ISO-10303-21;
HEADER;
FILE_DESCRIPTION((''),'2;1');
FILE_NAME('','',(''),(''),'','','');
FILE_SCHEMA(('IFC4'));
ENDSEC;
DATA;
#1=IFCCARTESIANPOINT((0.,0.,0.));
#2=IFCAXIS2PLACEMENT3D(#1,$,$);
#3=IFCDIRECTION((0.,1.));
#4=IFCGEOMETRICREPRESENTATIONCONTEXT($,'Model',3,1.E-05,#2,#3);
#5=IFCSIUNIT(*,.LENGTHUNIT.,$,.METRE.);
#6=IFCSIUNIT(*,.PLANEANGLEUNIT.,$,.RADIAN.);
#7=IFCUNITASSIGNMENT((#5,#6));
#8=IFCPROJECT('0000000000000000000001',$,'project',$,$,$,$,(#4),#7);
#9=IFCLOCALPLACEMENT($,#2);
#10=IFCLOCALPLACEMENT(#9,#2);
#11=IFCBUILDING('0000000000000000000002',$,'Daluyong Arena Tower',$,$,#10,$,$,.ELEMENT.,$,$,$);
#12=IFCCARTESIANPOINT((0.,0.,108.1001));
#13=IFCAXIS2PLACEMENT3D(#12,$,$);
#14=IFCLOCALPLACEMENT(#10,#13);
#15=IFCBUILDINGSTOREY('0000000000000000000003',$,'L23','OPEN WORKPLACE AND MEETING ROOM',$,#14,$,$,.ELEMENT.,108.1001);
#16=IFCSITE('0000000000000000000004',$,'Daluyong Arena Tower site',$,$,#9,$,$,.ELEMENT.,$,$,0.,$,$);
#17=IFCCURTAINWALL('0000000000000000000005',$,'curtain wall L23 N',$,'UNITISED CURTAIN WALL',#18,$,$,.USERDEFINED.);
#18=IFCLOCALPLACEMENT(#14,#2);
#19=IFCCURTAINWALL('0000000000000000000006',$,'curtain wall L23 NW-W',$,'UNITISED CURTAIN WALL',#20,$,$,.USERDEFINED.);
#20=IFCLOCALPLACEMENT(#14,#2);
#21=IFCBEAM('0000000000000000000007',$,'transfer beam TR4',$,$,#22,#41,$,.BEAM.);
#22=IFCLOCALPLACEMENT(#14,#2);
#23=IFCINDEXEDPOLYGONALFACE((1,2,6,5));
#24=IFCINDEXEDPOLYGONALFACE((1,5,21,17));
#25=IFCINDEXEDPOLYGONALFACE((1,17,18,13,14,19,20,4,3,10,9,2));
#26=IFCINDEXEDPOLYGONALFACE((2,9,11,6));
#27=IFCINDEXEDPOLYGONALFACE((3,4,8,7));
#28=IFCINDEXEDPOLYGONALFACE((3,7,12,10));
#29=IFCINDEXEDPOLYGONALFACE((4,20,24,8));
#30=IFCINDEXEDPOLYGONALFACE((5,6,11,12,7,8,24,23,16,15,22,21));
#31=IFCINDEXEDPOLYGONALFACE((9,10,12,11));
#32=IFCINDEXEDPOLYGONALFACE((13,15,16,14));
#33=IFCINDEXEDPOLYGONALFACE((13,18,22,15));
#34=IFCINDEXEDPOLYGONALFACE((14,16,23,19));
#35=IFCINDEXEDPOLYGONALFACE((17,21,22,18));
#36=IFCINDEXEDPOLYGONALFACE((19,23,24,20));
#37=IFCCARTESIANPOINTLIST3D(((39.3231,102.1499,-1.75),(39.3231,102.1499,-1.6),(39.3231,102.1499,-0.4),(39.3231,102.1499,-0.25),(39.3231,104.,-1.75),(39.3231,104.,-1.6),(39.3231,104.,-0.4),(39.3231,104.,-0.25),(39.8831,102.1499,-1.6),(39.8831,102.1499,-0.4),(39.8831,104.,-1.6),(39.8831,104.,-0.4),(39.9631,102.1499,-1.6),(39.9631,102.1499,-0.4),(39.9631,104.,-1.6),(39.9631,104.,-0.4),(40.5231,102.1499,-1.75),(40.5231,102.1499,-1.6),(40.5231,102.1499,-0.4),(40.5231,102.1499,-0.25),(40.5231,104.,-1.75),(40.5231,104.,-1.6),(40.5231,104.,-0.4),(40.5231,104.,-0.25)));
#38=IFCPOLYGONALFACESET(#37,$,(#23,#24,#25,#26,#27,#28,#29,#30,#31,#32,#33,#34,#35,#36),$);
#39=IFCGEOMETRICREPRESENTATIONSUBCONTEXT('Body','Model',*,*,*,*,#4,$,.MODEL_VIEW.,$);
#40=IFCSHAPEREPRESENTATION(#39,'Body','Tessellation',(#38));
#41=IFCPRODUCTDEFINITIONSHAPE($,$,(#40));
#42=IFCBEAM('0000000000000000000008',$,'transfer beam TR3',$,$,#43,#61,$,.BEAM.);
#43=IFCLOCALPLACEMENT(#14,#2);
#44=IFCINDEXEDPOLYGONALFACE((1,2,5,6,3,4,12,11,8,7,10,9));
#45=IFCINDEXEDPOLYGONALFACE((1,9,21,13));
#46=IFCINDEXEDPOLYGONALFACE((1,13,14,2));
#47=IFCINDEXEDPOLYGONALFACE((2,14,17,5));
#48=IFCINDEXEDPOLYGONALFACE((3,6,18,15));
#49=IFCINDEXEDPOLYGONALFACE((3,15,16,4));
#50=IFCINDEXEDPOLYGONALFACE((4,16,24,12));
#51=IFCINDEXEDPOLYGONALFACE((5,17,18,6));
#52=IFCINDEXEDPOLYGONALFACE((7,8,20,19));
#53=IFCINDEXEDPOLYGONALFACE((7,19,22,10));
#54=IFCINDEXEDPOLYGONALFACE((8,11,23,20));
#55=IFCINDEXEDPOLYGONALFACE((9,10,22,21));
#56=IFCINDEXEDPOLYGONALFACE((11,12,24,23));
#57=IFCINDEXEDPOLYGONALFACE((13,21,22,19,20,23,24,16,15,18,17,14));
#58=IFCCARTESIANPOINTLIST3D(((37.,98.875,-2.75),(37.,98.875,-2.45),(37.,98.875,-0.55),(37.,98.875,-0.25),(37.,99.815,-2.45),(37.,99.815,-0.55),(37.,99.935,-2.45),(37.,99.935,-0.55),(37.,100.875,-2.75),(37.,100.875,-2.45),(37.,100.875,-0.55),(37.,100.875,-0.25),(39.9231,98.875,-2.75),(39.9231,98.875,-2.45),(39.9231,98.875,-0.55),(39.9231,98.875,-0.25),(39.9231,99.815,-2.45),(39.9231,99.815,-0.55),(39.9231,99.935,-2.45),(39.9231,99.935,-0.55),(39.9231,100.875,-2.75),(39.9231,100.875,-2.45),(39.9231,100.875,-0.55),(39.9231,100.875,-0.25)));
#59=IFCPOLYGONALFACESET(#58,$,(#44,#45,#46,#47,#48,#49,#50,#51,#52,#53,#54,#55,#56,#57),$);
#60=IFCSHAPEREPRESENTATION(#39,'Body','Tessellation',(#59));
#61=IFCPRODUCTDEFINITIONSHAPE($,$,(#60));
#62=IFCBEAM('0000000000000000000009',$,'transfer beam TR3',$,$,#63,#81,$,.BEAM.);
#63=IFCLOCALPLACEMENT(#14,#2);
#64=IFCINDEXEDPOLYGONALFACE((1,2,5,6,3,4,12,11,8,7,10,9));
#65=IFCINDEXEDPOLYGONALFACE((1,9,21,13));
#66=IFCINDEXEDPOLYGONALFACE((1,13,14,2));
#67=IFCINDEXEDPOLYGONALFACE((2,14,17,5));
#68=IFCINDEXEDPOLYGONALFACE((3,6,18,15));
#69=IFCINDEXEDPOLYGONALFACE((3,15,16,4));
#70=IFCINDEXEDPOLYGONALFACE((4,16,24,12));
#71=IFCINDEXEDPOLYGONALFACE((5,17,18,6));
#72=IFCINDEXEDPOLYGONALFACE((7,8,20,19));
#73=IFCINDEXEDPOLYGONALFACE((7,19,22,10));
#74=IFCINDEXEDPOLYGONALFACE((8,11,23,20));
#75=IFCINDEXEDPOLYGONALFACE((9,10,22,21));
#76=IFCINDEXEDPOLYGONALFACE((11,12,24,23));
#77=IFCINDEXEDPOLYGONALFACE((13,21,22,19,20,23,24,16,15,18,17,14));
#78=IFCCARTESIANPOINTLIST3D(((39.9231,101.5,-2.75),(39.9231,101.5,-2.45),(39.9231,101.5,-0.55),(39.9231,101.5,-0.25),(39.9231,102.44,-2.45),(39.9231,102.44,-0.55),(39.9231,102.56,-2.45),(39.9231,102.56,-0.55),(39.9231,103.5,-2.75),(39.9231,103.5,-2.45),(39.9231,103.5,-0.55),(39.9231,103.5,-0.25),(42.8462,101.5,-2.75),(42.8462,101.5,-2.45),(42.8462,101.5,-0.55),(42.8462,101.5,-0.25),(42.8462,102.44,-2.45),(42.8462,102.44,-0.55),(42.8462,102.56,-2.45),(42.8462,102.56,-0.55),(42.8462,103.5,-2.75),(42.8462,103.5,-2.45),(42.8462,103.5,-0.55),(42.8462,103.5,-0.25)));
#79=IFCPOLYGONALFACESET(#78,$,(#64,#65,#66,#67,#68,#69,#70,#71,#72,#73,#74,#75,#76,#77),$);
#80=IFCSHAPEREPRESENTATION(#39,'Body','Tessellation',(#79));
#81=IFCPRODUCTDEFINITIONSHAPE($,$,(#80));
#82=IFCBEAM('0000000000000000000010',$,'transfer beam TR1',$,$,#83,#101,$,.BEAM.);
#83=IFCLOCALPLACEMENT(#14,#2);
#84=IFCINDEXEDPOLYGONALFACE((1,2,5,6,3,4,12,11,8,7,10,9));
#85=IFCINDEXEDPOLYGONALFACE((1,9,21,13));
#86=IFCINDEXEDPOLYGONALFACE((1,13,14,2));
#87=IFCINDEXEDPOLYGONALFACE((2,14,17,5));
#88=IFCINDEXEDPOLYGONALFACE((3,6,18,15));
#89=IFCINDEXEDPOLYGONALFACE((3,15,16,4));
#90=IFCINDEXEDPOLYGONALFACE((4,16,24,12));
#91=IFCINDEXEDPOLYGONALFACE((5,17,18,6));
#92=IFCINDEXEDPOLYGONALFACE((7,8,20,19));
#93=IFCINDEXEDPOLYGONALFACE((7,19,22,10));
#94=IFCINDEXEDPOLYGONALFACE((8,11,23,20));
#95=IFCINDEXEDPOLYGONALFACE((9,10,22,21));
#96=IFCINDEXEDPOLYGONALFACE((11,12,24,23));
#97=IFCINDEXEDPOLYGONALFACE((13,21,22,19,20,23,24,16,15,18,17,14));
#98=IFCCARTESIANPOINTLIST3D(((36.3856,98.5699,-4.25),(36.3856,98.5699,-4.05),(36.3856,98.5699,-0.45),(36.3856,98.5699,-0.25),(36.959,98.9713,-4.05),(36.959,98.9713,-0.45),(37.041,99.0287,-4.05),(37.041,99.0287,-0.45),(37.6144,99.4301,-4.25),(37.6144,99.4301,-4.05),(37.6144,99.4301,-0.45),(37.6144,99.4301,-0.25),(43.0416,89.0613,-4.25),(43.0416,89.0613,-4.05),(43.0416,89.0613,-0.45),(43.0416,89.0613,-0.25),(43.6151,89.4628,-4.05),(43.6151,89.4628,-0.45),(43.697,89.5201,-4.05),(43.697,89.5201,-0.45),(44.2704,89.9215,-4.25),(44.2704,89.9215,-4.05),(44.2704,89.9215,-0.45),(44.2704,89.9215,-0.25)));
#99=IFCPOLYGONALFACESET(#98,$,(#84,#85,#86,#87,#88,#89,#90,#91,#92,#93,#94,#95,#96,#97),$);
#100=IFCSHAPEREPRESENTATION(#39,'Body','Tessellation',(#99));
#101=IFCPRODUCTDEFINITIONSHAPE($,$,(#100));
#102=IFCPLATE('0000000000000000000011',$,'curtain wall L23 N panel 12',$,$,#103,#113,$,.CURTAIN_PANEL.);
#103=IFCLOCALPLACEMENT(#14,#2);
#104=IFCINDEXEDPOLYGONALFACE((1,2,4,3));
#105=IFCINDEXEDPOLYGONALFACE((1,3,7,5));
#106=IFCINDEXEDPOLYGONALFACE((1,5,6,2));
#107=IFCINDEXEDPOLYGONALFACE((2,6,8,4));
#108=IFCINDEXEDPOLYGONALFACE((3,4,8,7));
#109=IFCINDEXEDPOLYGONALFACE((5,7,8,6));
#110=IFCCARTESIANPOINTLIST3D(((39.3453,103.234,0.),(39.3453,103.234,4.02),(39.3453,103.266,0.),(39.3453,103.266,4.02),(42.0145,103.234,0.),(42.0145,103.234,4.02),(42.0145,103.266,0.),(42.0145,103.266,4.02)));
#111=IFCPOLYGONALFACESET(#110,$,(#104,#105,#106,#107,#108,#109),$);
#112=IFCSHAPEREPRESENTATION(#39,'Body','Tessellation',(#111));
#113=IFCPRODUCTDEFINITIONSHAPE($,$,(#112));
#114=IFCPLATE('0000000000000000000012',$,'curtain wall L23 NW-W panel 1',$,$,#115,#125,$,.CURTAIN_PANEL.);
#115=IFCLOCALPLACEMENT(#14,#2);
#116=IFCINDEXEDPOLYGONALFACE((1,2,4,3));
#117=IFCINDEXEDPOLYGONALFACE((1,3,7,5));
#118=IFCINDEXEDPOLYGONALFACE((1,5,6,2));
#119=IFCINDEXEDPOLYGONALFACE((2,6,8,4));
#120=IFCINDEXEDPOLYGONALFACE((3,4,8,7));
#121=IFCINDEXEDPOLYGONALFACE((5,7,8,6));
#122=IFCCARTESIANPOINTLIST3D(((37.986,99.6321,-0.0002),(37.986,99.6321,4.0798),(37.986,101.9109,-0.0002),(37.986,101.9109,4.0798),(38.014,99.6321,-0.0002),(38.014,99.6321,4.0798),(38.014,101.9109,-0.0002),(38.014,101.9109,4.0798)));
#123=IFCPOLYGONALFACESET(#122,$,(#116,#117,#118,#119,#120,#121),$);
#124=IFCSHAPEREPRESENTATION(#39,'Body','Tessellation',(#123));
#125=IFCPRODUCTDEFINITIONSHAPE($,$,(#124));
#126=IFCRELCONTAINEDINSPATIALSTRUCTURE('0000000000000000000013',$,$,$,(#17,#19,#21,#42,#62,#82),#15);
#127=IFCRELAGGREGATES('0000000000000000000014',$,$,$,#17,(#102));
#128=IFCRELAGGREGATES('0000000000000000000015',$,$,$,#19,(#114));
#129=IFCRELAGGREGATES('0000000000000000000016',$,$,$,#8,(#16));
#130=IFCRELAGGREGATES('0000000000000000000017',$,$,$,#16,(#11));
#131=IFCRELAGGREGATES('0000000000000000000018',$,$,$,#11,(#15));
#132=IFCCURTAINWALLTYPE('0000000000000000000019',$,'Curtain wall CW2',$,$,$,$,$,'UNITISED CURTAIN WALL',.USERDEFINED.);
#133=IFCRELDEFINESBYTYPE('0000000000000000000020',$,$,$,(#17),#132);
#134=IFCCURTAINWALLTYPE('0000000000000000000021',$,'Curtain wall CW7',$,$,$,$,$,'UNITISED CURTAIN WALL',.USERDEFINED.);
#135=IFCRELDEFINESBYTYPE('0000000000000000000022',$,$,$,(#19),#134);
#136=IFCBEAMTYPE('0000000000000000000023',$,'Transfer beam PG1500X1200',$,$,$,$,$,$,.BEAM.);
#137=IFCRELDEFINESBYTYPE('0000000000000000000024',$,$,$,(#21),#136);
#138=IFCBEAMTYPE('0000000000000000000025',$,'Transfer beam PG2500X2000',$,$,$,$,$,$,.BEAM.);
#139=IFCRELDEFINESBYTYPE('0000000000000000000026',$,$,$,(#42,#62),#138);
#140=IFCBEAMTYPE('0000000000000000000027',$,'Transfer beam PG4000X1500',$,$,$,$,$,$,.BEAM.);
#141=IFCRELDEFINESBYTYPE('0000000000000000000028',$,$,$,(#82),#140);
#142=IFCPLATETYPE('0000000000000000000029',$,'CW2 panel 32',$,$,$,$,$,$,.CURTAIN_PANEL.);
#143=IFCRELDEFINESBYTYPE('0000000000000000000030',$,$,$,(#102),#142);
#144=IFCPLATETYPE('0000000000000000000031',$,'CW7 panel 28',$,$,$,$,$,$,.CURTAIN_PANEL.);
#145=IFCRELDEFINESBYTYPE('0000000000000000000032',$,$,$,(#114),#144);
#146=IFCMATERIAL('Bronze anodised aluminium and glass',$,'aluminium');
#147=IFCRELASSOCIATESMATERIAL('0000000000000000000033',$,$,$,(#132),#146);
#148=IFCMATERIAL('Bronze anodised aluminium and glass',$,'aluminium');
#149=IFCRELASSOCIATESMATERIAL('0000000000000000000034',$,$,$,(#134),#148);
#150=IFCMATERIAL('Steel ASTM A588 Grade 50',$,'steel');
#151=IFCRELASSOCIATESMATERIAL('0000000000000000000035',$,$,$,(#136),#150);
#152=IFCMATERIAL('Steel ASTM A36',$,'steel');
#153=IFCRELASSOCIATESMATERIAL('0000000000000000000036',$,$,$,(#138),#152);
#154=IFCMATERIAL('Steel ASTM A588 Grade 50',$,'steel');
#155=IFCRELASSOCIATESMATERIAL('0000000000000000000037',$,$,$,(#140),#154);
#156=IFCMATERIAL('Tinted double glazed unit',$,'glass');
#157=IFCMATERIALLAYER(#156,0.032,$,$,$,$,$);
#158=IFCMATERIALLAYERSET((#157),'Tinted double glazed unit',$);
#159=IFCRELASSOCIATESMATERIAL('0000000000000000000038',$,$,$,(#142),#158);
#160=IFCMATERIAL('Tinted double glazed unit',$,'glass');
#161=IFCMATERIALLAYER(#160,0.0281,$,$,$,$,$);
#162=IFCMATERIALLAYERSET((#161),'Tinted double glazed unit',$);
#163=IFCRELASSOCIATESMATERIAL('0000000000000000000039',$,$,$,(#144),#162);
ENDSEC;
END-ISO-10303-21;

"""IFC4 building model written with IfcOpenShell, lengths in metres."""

from ifc_helpers import new_model, si_unit, direction, frame, origin, origin_2d, place, context, subcontext, project, spatial, rectangle, i_section, extrude, material, layer, layer_set, material_profile, profile_set, type_object, element, aggregate, save


model = new_model("IFC4")

# Units and contexts
model_context = context("Model", 3, precision=1e-05, world=origin(), true_north=direction((0.0, 1.0)))
body_context = subcontext(model_context, "Body", "Model", "MODEL_VIEW")
ifc_project = project(units=[si_unit("LENGTHUNIT", "METRE"), si_unit("PLANEANGLEUNIT", "RADIAN")], contexts=[model_context])

# Site, building, storey
site_placement = place(None, origin())
site = spatial("IfcSite", under=ifc_project, at=site_placement, Name="Daluyong Arena Tower site", CompositionType="ELEMENT", RefElevation=0.0)
building_placement = place(site_placement, origin())
building = spatial("IfcBuilding", under=site, at=building_placement, Name="Daluyong Arena Tower", CompositionType="ELEMENT")
storey_placement = place(building_placement, frame((0.0, 0.0, 108.1001)))
storey = spatial("IfcBuildingStorey", under=building, at=storey_placement, Name="L23", Description="OPEN WORKPLACE AND MEETING ROOM", CompositionType="ELEMENT", Elevation=108.1001)

# Curtain wall
ifc_material_1 = material(Name="Bronze anodised aluminium and glass", Category="aluminium")
curtain_wall_type_1 = type_object("IfcCurtainWallType", Name="Curtain wall CW2", ElementType="UNITISED CURTAIN WALL", PredefinedType="USERDEFINED", material=ifc_material_1)
curtain_wall_1_placement = place(storey_placement, origin())
curtain_wall_1 = element("IfcCurtainWall", 1, at=curtain_wall_1_placement, inside=storey, type_object=curtain_wall_type_1, Name="curtain wall L23 N", ObjectType="UNITISED CURTAIN WALL", PredefinedType="USERDEFINED")

# Curtain wall
ifc_material_2 = material(Name="Bronze anodised aluminium and glass", Category="aluminium")
curtain_wall_type_2 = type_object("IfcCurtainWallType", Name="Curtain wall CW7", ElementType="UNITISED CURTAIN WALL", PredefinedType="USERDEFINED", material=ifc_material_2)
curtain_wall_2_placement = place(storey_placement, origin())
curtain_wall_2 = element("IfcCurtainWall", 2, at=curtain_wall_2_placement, inside=storey, type_object=curtain_wall_type_2, Name="curtain wall L23 NW-W", ObjectType="UNITISED CURTAIN WALL", PredefinedType="USERDEFINED")

# Beams
ifc_material_3 = material(Name="Steel ASTM A588 Grade 50", Category="steel")
ifc_material_profile_1 = material_profile(ifc_material_3, i_section(OverallWidth=1.2, OverallDepth=1.5, WebThickness=0.08, FlangeThickness=0.15, at=origin_2d()))
ifc_profile_set_1 = profile_set([ifc_material_profile_1], Name="Steel ASTM A588 Grade 50")
beam_type_1 = type_object("IfcBeamType", Name="Transfer beam PG1500X1200", PredefinedType="BEAM", material=ifc_profile_set_1)
beam_1_placement = place(storey_placement, frame((39.9231, 104.0, -1.0), z_axis=(0.0, -1.0, 0.0), x_axis=(1.0, 0.0, 0.0)))
element("IfcBeam", 3, at=beam_1_placement, inside=storey, type_object=beam_type_1, Name="transfer beam TR4", PredefinedType="BEAM", context=body_context, shape_type="SweptSolid", body=[
    extrude(i_section(OverallWidth=1.2, OverallDepth=1.5, WebThickness=0.08, FlangeThickness=0.15, at=origin_2d()), origin(), (0.0, 0.0, 1.0), 1.8501),
])
ifc_material_4 = material(Name="Steel ASTM A36", Category="steel")
ifc_material_profile_2 = material_profile(ifc_material_4, i_section(OverallWidth=2.0, OverallDepth=2.5, WebThickness=0.12, FlangeThickness=0.3, at=origin_2d()))
ifc_profile_set_2 = profile_set([ifc_material_profile_2], Name="Steel ASTM A36")
beam_type_2 = type_object("IfcBeamType", Name="Transfer beam PG2500X2000", PredefinedType="BEAM", material=ifc_profile_set_2)
for number, where, z_axis, x_axis, name in (
    (4, (37.0, 99.875, -1.5), (1.0, 0.0, 0.0), (0.0, 1.0, 0.0), "transfer beam TR3"),
    (5, (39.9231, 102.5, -1.5), (1.0, 0.0, 0.0), (0.0, 1.0, 0.0), "transfer beam TR3"),
):
    element("IfcBeam", number, at=place(storey_placement, frame(where, z_axis=z_axis, x_axis=x_axis)), inside=storey, type_object=beam_type_2, Name=name, PredefinedType="BEAM", context=body_context, shape_type="SweptSolid", body=[
        extrude(i_section(OverallWidth=2.0, OverallDepth=2.5, WebThickness=0.12, FlangeThickness=0.3, at=origin_2d()), origin(), (0.0, 0.0, 1.0), 2.9231),
    ])
ifc_material_5 = material(Name="Steel ASTM A588 Grade 50", Category="steel")
ifc_material_profile_3 = material_profile(ifc_material_5, i_section(OverallWidth=1.5, OverallDepth=4.0, WebThickness=0.1, FlangeThickness=0.2, at=origin_2d()))
ifc_profile_set_3 = profile_set([ifc_material_profile_3], Name="Steel ASTM A588 Grade 50")
beam_type_3 = type_object("IfcBeamType", Name="Transfer beam PG4000X1500", PredefinedType="BEAM", material=ifc_profile_set_3)
beam_2_placement = place(storey_placement, frame((37.0, 99.0, -2.25), z_axis=(0.573464, -0.819231, 0.0), x_axis=(0.819231, 0.573464, 0.0)))
element("IfcBeam", 6, at=beam_2_placement, inside=storey, type_object=beam_type_3, Name="transfer beam TR1", PredefinedType="BEAM", context=body_context, shape_type="SweptSolid", body=[
    extrude(i_section(OverallWidth=1.5, OverallDepth=4.0, WebThickness=0.1, FlangeThickness=0.2, at=origin_2d()), origin(), (0.0, 0.0, 1.0), 11.6067),
])

# Plates
ifc_material_6 = material(Name="Tinted double glazed unit", Category="glass")
ifc_layer_1 = layer(ifc_material_6, 0.032)
ifc_layer_set_1 = layer_set([ifc_layer_1], Name="Tinted double glazed unit")
plate_type_1 = type_object("IfcPlateType", Name="CW2 panel 32", PredefinedType="CURTAIN_PANEL", material=ifc_layer_set_1)
plate_1_placement = place(storey_placement, frame((40.6799, 103.25, 0.0), z_axis=(0.0, 0.0, 1.0), x_axis=(-1.0, 0.0, 0.0)))
plate_1 = element("IfcPlate", 7, at=plate_1_placement, type_object=plate_type_1, Name="curtain wall L23 N panel 12", PredefinedType="CURTAIN_PANEL", context=body_context, shape_type="SweptSolid", body=[
    extrude(rectangle(XDim=2.6692, YDim=0.032, at=origin_2d()), origin(), (0.0, 0.0, 1.0), 4.02),
])
aggregate(curtain_wall_1, [plate_1])
ifc_material_7 = material(Name="Tinted double glazed unit", Category="glass")
ifc_layer_2 = layer(ifc_material_7, 0.0281)
ifc_layer_set_2 = layer_set([ifc_layer_2], Name="Tinted double glazed unit")
plate_type_2 = type_object("IfcPlateType", Name="CW7 panel 28", PredefinedType="CURTAIN_PANEL", material=ifc_layer_set_2)
plate_2_placement = place(storey_placement, frame((38.0, 100.7715, -0.0002), z_axis=(0.0, 0.0, 1.0), x_axis=(0.0, -1.0, 0.0)))
plate_2 = element("IfcPlate", 8, at=plate_2_placement, type_object=plate_type_2, Name="curtain wall L23 NW-W panel 1", PredefinedType="CURTAIN_PANEL", context=body_context, shape_type="SweptSolid", body=[
    extrude(rectangle(XDim=2.2788, YDim=0.0281, at=origin_2d()), origin(), (0.0, 0.0, 1.0), 4.0801),
])
aggregate(curtain_wall_2, [plate_2])

save(model, "model.ifc")
